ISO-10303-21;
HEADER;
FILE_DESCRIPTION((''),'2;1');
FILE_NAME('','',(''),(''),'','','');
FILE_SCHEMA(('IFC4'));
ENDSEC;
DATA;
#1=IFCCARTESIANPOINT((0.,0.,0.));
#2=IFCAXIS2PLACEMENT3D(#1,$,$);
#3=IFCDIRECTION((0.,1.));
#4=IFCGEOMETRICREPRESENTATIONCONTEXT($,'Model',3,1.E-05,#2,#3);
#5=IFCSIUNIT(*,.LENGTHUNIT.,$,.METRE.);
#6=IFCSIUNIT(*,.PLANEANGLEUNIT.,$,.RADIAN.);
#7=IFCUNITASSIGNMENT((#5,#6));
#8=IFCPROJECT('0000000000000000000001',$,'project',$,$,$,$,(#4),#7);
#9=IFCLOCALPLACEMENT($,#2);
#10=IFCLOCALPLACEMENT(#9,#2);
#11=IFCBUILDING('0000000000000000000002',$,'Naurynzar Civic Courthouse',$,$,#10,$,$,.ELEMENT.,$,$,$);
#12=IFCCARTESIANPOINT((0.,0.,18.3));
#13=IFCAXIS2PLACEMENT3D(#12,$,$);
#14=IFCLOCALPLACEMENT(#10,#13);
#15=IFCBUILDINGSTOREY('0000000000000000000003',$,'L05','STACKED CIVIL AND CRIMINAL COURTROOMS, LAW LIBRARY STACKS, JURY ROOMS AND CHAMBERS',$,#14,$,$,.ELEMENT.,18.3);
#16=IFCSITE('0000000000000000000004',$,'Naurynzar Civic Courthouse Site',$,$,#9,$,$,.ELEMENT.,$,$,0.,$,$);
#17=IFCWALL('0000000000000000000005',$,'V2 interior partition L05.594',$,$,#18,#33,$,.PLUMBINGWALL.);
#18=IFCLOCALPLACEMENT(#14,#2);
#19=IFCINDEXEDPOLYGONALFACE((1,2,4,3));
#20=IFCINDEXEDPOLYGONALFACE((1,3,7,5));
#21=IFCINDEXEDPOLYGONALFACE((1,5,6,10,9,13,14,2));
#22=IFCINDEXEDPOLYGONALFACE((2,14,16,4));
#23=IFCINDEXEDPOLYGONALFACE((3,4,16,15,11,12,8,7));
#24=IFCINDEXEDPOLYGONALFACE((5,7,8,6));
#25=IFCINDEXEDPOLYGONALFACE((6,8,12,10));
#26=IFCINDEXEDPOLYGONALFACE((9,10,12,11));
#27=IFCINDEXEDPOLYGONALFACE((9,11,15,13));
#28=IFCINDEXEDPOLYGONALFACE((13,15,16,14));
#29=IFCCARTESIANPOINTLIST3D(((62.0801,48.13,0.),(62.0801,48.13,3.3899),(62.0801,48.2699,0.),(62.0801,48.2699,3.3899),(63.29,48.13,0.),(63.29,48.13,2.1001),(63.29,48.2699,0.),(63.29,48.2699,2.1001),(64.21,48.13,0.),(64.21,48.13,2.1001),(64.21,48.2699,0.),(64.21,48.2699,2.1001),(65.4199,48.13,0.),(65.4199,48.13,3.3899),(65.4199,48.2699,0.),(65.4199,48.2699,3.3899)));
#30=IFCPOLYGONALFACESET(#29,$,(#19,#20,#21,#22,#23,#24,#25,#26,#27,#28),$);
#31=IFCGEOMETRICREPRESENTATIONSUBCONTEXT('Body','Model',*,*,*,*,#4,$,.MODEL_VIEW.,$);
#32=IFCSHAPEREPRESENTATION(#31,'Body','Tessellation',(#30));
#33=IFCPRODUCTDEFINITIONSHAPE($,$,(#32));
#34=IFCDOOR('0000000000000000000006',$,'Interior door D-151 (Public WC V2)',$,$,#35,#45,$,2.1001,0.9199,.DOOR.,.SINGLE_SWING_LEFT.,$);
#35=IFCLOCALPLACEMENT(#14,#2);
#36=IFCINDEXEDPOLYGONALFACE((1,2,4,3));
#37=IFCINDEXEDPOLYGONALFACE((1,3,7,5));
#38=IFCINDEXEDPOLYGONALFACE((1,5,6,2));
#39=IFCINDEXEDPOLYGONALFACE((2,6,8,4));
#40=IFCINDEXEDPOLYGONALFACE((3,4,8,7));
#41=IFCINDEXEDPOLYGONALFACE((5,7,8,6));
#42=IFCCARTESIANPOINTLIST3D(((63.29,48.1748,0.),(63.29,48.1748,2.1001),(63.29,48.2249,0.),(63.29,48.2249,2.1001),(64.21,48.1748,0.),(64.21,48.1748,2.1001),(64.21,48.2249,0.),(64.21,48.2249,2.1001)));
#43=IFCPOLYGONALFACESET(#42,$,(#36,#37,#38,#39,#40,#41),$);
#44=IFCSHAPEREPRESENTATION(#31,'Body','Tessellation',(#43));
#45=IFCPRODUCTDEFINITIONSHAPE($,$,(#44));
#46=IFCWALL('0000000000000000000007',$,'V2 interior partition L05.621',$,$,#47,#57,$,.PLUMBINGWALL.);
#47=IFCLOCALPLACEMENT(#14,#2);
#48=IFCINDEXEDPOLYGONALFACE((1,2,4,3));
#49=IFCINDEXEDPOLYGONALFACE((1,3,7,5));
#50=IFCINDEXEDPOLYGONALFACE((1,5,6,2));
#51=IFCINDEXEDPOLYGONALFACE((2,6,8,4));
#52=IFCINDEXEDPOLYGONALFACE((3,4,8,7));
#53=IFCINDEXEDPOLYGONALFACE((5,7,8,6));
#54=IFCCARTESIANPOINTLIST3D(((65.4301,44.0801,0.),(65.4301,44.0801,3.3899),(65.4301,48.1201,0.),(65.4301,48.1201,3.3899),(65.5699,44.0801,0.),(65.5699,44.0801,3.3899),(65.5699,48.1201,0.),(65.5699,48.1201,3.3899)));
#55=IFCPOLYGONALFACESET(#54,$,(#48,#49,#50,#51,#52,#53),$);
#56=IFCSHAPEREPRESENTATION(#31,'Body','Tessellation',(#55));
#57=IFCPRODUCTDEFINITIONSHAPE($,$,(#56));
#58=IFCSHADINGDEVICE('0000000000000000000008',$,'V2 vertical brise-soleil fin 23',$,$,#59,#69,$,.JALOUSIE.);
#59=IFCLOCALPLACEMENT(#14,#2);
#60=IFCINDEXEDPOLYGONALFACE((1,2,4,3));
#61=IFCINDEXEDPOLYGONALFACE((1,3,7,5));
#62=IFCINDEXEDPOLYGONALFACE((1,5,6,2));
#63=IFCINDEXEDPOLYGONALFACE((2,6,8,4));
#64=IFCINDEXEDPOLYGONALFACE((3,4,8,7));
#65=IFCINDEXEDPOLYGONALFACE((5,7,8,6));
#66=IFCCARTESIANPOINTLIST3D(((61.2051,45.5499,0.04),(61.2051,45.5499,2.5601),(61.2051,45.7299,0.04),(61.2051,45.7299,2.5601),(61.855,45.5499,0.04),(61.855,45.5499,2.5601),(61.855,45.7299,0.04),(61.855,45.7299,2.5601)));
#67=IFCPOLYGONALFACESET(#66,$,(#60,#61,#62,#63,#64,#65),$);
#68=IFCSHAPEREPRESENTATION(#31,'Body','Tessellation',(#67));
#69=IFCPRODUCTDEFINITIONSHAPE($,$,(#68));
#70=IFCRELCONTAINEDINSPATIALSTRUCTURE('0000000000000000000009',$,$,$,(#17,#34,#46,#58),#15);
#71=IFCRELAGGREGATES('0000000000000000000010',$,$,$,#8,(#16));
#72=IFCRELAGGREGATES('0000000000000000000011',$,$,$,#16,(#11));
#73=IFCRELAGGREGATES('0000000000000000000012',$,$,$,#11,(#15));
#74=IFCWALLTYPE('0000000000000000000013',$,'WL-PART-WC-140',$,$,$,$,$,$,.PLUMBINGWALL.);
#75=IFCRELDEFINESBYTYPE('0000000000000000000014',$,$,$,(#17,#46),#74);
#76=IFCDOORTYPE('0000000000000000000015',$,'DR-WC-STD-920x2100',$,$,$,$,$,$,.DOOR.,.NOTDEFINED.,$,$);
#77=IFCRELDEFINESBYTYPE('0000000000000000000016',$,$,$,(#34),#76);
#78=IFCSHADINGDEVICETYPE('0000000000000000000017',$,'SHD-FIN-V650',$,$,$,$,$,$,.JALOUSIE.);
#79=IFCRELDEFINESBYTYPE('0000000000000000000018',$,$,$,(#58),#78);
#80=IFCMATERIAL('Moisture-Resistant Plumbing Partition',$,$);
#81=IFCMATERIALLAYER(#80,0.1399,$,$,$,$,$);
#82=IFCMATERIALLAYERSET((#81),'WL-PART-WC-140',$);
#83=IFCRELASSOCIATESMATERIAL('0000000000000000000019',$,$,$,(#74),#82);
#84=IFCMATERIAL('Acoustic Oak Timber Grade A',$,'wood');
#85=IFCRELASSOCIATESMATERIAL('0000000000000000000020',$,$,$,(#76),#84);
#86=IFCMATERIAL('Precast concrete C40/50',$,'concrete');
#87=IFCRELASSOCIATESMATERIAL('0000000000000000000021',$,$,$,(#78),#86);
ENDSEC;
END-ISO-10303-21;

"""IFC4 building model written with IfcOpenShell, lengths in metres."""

from ifc_helpers import new_model, si_unit, direction, frame, frame_2d, origin, origin_2d, place, context, subcontext, project, spatial, rectangle, extrude, material, layer, layer_set, type_object, element, fill, save


model = new_model("IFC4")

# Units and contexts
model_context = context("Model", 3, precision=1e-05, world=origin(), true_north=direction((0.0, 1.0)))
body_context = subcontext(model_context, "Body", "Model", "MODEL_VIEW")
ifc_project = project(units=[si_unit("LENGTHUNIT", "METRE"), si_unit("PLANEANGLEUNIT", "RADIAN")], contexts=[model_context])

# Site, building, storey
site_placement = place(None, origin())
site = spatial("IfcSite", under=ifc_project, at=site_placement, Name="Naurynzar Civic Courthouse Site", CompositionType="ELEMENT", RefElevation=0.0)
building_placement = place(site_placement, origin())
building = spatial("IfcBuilding", under=site, at=building_placement, Name="Naurynzar Civic Courthouse", CompositionType="ELEMENT")
storey_placement = place(building_placement, frame((0.0, 0.0, 18.3)))
storey = spatial("IfcBuildingStorey", under=building, at=storey_placement, Name="L05", Description="STACKED CIVIL AND CRIMINAL COURTROOMS, LAW LIBRARY STACKS, JURY ROOMS AND CHAMBERS", CompositionType="ELEMENT", Elevation=18.3)

# Wall, opening, door
ifc_material_1 = material(Name="Moisture-Resistant Plumbing Partition")
ifc_layer_1 = layer(ifc_material_1, 0.1399)
ifc_layer_set_1 = layer_set([ifc_layer_1], Name="WL-PART-WC-140")
wall_type_1 = type_object("IfcWallType", Name="WL-PART-WC-140", PredefinedType="PLUMBINGWALL", material=ifc_layer_set_1)
wall_1_placement = place(storey_placement, frame((62.0801, 48.2, 0.0), z_axis=(0.0, 0.0, 1.0), x_axis=(1.0, 0.0, 0.0)))
wall_1 = element("IfcWall", 1, at=wall_1_placement, inside=storey, type_object=wall_type_1, Name="V2 interior partition L05.594", PredefinedType="PLUMBINGWALL", context=body_context, shape_type="SweptSolid", body=[
    extrude(rectangle(XDim=3.3398, YDim=0.1399, at=frame_2d((1.6699, 0.0))), origin(), (0.0, 0.0, 1.0), 3.3899),
])
opening_1_placement = place(wall_1_placement, frame((1.21, 0.0, 0.0)))
opening_1 = element("IfcOpeningElement", 2, at=opening_1_placement, cuts=wall_1, PredefinedType="OPENING", context=body_context, shape_type="SweptSolid", body=[
    extrude(rectangle(XDim=0.9199, YDim=2.1001, at=frame_2d((0.46, 1.05))), frame((0.0, 0.0798, 0.0), z_axis=(0.0, -1.0, 0.0), x_axis=(1.0, 0.0, 0.0)), (0.0, 0.0, 1.0), 0.1599),
])
ifc_material_2 = material(Name="Acoustic Oak Timber Grade A", Category="wood")
door_type_1 = type_object("IfcDoorType", Name="DR-WC-STD-920x2100", OperationType="NOTDEFINED", PredefinedType="DOOR", material=ifc_material_2)
door_1_placement = place(opening_1_placement, origin())
door_1 = element("IfcDoor", 3, at=door_1_placement, inside=storey, type_object=door_type_1, Name="Interior door D-151 (Public WC V2)", OperationType="SINGLE_SWING_LEFT", OverallHeight=2.1001, OverallWidth=0.9199, PredefinedType="DOOR", context=body_context, shape_type="SweptSolid", body=[
    extrude(rectangle(XDim=0.9199, YDim=2.1001, at=frame_2d((0.46, 1.05))), frame((0.0, 0.0249, 0.0), z_axis=(0.0, -1.0, 0.0), x_axis=(1.0, 0.0, 0.0)), (0.0, 0.0, 1.0), 0.05),
])
fill(opening_1, door_1)

# Wall
wall_2_placement = place(storey_placement, frame((65.5, 44.0801, 0.0), z_axis=(0.0, 0.0, 1.0), x_axis=(0.0, 1.0, 0.0)))
element("IfcWall", 4, at=wall_2_placement, inside=storey, type_object=wall_type_1, Name="V2 interior partition L05.621", PredefinedType="PLUMBINGWALL", context=body_context, shape_type="SweptSolid", body=[
    extrude(rectangle(XDim=4.04, YDim=0.1399, at=frame_2d((2.02, 0.0))), origin(), (0.0, 0.0, 1.0), 3.3899),
])

# Shading device
ifc_material_3 = material(Name="Precast concrete C40/50", Category="concrete")
shading_device_type = type_object("IfcShadingDeviceType", Name="SHD-FIN-V650", PredefinedType="JALOUSIE", material=ifc_material_3)
shading_device_placement = place(storey_placement, frame((61.53, 45.6399, 0.04), z_axis=(0.0, 0.0, 1.0), x_axis=(0.0, 1.0, 0.0)))
element("IfcShadingDevice", 5, at=shading_device_placement, inside=storey, type_object=shading_device_type, Name="V2 vertical brise-soleil fin 23", PredefinedType="JALOUSIE", context=body_context, shape_type="SweptSolid", body=[
    extrude(rectangle(XDim=0.1799, YDim=0.6499, at=origin_2d()), origin(), (0.0, 0.0, 1.0), 2.52),
])

save(model, "model.ifc")
